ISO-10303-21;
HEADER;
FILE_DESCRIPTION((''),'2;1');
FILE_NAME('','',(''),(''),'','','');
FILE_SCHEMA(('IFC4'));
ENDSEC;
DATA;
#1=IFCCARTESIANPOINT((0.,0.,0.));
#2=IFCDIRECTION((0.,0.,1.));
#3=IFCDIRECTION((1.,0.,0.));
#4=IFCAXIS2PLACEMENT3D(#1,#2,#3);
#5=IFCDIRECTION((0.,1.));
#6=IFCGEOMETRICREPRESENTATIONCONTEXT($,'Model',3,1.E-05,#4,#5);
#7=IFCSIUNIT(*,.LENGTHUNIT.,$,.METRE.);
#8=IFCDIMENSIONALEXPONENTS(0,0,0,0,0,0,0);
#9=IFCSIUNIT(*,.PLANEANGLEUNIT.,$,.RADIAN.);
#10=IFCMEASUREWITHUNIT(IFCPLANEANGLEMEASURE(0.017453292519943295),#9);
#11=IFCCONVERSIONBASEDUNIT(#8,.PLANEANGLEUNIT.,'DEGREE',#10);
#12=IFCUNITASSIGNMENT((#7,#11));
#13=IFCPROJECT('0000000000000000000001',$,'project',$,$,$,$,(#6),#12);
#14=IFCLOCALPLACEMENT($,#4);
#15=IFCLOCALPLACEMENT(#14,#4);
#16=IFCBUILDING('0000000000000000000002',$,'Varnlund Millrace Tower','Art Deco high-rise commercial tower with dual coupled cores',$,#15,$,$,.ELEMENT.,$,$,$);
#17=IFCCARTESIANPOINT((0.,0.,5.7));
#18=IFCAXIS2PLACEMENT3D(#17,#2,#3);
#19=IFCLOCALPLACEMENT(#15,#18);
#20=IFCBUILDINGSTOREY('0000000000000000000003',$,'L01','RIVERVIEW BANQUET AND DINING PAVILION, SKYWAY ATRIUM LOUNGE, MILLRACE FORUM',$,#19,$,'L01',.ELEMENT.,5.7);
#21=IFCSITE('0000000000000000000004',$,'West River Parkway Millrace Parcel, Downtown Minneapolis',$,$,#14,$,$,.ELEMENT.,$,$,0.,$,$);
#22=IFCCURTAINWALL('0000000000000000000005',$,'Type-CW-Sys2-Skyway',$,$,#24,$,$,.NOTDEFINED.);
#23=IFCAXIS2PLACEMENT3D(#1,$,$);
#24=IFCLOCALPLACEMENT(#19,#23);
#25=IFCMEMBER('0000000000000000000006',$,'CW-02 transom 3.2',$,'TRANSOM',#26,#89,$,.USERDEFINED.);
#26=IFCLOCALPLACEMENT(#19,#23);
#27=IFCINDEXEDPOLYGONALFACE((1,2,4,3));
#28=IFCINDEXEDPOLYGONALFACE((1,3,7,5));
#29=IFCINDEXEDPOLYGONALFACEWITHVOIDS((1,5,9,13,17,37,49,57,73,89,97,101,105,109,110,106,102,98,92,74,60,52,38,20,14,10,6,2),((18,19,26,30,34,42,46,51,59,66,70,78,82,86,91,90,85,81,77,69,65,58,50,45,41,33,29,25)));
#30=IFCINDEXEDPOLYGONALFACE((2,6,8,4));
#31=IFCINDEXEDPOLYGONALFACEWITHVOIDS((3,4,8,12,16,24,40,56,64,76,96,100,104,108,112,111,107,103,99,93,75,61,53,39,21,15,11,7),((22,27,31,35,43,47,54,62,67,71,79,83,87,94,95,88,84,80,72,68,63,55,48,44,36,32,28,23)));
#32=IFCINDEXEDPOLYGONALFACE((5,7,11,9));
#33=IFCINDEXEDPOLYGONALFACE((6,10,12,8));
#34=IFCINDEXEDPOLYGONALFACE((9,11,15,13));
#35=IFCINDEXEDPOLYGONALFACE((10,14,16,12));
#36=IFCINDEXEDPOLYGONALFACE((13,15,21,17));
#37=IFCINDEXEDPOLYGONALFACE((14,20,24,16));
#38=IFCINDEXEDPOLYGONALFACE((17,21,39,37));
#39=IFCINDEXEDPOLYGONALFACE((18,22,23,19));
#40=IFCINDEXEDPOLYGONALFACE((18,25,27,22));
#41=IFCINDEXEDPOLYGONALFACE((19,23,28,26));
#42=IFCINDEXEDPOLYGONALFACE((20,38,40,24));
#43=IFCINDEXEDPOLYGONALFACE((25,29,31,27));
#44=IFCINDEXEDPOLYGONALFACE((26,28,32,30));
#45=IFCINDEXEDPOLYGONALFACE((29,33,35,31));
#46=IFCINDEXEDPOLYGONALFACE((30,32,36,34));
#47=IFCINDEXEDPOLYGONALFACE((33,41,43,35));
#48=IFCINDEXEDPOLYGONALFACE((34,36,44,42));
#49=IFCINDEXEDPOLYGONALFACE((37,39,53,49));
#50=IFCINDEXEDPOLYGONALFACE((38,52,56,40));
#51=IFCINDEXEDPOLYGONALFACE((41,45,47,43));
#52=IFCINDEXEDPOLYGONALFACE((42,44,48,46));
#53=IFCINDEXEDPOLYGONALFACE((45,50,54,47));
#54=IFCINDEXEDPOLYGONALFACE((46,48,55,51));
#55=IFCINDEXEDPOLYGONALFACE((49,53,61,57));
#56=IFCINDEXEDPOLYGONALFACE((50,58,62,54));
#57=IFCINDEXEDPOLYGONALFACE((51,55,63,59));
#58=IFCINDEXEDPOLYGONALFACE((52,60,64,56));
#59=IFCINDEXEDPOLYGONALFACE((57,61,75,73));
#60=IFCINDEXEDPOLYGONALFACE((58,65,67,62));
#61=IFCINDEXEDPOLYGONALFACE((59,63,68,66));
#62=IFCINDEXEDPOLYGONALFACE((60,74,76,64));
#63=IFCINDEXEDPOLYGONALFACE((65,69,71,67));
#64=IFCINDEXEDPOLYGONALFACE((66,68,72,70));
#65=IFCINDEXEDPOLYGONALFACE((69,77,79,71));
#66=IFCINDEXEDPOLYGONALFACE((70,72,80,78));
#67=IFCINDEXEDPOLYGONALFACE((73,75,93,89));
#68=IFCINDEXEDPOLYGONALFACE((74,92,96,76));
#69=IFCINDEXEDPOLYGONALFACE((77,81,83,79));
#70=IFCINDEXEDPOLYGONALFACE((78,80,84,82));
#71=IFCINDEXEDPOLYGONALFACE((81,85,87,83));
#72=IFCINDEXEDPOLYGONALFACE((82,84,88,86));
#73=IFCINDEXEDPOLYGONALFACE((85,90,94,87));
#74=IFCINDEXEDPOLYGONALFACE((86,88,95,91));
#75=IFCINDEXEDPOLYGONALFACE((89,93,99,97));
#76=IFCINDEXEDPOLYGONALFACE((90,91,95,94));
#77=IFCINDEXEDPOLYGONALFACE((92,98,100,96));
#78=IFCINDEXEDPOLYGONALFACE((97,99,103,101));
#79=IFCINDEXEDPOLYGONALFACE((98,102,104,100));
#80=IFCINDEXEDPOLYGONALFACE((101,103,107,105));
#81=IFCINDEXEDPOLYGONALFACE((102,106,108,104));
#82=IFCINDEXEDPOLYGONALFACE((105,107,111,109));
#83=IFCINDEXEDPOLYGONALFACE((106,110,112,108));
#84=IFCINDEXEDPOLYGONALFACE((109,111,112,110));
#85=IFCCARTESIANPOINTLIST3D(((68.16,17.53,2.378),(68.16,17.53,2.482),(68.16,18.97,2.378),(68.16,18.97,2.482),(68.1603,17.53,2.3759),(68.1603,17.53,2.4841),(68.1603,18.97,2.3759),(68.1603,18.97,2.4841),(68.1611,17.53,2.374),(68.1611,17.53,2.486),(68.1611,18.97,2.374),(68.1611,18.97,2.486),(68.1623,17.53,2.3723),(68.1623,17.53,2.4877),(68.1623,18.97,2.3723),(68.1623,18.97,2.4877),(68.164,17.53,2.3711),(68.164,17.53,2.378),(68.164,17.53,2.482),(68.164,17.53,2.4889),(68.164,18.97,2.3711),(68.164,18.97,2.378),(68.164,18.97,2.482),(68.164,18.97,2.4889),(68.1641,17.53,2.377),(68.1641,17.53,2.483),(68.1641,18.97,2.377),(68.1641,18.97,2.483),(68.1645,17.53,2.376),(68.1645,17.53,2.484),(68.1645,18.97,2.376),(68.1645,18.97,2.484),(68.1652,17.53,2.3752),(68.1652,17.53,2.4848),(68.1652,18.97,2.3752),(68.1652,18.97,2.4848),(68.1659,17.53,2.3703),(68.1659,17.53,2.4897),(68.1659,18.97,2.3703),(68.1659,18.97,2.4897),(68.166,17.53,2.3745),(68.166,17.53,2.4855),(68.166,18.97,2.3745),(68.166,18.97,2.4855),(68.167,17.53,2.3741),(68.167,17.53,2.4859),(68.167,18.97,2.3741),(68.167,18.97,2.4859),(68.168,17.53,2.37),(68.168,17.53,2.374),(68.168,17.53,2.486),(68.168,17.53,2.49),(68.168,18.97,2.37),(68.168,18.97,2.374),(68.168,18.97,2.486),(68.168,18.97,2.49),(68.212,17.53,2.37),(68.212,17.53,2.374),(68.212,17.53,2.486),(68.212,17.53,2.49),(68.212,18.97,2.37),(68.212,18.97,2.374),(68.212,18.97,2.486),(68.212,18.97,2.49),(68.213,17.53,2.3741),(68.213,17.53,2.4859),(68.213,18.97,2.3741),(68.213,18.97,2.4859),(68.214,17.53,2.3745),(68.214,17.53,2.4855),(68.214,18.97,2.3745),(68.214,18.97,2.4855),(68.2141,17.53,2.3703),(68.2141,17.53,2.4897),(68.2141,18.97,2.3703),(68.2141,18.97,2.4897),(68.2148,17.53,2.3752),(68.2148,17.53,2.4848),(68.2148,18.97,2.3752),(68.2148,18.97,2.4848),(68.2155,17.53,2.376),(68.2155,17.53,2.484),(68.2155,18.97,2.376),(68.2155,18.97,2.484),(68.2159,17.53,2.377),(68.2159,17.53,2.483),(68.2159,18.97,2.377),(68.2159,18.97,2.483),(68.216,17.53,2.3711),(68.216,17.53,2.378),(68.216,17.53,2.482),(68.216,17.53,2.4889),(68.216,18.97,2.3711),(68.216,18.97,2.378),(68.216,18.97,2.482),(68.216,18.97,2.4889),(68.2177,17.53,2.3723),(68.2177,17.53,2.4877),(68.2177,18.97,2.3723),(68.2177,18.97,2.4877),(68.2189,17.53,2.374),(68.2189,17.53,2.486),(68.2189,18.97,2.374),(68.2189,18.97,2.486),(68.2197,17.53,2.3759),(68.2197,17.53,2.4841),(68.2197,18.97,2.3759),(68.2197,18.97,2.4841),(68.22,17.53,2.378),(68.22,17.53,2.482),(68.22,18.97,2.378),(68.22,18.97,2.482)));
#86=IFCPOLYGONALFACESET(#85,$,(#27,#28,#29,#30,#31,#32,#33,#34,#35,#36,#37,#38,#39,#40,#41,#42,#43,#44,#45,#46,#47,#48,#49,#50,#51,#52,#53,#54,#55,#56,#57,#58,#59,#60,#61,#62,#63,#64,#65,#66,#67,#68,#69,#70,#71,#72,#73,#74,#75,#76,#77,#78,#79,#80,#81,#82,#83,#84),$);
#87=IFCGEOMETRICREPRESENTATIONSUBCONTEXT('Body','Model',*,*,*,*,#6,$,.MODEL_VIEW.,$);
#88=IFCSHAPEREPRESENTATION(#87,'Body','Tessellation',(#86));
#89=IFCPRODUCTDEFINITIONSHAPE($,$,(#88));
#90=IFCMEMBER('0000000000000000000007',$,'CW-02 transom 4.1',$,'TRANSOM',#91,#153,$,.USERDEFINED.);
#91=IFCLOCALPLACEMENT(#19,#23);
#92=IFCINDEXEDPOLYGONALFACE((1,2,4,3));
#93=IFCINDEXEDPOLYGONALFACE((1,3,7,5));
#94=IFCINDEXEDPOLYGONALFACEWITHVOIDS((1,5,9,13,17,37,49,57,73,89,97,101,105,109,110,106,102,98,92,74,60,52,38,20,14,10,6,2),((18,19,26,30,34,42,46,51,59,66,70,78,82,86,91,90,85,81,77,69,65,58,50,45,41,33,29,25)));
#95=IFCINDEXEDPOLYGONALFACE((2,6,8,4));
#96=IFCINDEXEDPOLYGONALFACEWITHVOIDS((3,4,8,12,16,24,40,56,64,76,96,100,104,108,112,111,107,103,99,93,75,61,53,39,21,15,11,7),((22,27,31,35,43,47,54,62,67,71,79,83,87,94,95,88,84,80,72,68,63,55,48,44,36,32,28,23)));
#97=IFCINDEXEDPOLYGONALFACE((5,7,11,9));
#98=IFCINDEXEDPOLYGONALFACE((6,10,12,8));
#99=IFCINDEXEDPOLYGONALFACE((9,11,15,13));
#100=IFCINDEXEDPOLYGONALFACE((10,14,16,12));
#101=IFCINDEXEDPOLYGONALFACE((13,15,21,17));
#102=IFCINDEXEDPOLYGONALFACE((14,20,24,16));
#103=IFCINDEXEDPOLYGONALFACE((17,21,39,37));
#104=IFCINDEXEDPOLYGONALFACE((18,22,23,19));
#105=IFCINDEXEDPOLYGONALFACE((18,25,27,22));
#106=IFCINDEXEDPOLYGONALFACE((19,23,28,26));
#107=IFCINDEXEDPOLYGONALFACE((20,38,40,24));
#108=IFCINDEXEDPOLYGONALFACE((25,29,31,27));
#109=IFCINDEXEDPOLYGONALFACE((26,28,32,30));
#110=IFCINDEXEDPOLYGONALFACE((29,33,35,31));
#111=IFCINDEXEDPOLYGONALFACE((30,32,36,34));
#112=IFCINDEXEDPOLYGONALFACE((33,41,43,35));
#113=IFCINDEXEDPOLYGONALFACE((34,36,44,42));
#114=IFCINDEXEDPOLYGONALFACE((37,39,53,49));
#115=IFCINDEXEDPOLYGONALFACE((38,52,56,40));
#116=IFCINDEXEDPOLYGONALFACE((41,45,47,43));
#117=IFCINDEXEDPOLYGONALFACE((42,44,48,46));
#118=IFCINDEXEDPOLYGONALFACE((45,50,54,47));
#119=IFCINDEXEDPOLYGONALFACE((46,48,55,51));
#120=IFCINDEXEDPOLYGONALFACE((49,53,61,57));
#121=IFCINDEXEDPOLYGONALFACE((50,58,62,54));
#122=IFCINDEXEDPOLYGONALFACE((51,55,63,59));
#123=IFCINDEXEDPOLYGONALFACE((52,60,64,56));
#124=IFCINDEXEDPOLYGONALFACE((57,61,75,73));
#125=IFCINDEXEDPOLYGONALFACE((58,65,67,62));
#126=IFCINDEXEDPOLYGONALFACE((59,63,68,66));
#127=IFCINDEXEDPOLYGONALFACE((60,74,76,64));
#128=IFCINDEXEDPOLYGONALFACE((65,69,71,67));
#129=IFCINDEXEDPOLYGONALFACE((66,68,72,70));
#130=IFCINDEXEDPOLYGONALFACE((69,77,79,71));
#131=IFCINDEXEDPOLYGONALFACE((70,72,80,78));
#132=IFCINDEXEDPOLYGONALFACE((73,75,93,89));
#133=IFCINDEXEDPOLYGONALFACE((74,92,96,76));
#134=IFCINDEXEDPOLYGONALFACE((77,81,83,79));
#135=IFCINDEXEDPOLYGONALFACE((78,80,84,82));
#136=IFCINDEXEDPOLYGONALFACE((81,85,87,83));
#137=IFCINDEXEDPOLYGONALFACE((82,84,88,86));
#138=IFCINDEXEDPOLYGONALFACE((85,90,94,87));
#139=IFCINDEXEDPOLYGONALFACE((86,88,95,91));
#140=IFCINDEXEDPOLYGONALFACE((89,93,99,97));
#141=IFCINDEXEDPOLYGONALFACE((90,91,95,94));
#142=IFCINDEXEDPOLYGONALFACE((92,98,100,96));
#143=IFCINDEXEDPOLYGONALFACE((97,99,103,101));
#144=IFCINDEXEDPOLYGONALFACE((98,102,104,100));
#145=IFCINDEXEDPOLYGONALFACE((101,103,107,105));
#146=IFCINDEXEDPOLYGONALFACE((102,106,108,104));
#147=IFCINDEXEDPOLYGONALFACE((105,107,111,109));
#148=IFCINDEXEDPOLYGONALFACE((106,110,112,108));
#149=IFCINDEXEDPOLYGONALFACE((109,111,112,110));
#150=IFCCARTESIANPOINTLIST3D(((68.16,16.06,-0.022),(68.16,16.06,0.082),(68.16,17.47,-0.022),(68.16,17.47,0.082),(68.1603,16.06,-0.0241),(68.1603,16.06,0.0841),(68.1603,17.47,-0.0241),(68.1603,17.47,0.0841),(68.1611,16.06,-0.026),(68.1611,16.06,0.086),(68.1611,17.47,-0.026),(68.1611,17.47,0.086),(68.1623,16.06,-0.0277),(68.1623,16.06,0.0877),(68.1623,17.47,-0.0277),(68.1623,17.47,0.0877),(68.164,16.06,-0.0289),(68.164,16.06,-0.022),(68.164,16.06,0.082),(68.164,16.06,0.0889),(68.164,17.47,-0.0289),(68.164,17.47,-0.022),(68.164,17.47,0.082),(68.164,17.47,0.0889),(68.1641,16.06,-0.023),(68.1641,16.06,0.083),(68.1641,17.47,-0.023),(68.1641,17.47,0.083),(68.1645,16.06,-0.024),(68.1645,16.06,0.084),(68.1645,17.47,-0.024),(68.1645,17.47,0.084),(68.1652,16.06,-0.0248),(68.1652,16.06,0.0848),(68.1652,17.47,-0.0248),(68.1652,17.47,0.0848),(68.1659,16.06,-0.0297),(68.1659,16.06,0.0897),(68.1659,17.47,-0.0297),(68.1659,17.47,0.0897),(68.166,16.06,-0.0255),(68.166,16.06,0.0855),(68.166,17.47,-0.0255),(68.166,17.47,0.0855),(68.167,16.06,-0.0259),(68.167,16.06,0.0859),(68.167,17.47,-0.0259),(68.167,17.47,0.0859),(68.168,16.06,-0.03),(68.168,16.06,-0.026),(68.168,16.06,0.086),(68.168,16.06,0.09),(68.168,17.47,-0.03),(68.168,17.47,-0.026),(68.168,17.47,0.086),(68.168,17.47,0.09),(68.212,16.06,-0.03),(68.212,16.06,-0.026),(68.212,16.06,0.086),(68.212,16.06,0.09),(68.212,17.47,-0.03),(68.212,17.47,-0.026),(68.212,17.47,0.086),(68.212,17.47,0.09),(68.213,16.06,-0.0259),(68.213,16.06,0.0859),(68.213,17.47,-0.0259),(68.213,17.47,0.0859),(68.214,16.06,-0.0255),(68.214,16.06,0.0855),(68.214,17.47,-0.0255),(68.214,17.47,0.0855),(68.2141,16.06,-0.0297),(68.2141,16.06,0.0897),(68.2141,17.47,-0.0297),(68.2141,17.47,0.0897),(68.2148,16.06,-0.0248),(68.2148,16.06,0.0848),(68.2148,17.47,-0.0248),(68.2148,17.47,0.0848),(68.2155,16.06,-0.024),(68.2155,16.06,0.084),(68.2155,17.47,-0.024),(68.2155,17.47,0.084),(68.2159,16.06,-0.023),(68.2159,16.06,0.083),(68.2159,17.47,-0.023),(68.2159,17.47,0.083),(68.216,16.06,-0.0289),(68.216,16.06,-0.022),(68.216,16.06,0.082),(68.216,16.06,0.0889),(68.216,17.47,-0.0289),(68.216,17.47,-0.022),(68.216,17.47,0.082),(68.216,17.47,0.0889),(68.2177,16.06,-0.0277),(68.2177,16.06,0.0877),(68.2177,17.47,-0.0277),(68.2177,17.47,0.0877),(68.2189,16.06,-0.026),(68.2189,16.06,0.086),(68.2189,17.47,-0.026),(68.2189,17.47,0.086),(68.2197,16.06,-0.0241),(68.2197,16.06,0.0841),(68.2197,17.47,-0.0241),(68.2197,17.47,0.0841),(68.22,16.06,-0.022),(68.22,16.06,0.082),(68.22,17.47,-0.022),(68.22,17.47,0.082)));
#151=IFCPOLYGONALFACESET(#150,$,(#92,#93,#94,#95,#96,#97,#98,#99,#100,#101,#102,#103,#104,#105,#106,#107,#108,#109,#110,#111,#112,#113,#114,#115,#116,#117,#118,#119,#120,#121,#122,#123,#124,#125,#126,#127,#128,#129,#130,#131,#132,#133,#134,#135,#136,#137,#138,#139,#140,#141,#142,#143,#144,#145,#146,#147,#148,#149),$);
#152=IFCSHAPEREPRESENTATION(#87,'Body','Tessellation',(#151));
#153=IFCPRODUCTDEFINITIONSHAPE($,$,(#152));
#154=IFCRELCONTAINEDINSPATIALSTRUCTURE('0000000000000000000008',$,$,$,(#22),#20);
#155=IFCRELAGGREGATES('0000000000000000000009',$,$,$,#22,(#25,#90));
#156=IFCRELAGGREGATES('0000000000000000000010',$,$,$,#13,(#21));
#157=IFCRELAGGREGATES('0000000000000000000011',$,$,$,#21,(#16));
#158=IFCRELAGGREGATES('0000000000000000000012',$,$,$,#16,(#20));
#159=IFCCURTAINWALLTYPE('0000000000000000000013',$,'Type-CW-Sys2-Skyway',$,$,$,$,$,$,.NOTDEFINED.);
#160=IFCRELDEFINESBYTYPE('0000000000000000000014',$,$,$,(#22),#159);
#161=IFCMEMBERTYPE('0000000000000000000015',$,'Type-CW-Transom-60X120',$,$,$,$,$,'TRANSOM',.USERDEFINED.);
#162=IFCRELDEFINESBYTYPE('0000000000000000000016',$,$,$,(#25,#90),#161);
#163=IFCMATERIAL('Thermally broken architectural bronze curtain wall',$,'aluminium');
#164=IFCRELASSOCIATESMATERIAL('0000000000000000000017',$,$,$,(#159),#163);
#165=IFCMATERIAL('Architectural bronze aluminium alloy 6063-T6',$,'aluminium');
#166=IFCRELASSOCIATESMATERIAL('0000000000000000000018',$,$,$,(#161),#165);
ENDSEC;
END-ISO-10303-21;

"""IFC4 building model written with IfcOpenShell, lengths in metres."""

from ifc_helpers import new_model, entity, si_unit, converted_unit, direction, frame, origin_with_axes, origin_2d_with_axis, place, context, subcontext, project, spatial, hollow_rectangle, extrude, material, material_profile, profile_set, type_object, element, aggregate, save


model = new_model("IFC4")

# Units and contexts
model_context = context("Model", 3, precision=1e-05, world=origin_with_axes(), true_north=direction((0.0, 1.0)))
body_context = subcontext(model_context, "Body", "Model", "MODEL_VIEW")
ifc_project = project(units=[si_unit("LENGTHUNIT", "METRE"), converted_unit("PLANEANGLEUNIT", "DEGREE", entity("IfcPlaneAngleMeasure", 0.017453292519943295), si_unit("PLANEANGLEUNIT", "RADIAN"), dimensions=[0, 0, 0, 0, 0, 0, 0])], contexts=[model_context])

# Site, building, storey
site_placement = place(None, origin_with_axes())
site = spatial("IfcSite", under=ifc_project, at=site_placement, Name="West River Parkway Millrace Parcel, Downtown Minneapolis", CompositionType="ELEMENT", RefElevation=0.0)
building_placement = place(site_placement, origin_with_axes())
building = spatial("IfcBuilding", under=site, at=building_placement, Name="Varnlund Millrace Tower", Description="Art Deco high-rise commercial tower with dual coupled cores", CompositionType="ELEMENT")
storey_placement = place(building_placement, frame((0.0, 0.0, 5.7), z_axis=(0.0, 0.0, 1.0), x_axis=(1.0, 0.0, 0.0)))
storey = spatial("IfcBuildingStorey", under=building, at=storey_placement, Name="L01", Description="RIVERVIEW BANQUET AND DINING PAVILION, SKYWAY ATRIUM LOUNGE, MILLRACE FORUM", LongName="L01", CompositionType="ELEMENT", Elevation=5.7)

# Curtain wall, members
ifc_material_1 = material(Name="Thermally broken architectural bronze curtain wall", Category="aluminium")
curtain_wall_type = type_object("IfcCurtainWallType", Name="Type-CW-Sys2-Skyway", PredefinedType="NOTDEFINED", material=ifc_material_1)
curtain_wall_placement = place(storey_placement, frame((68.19, 22.0, 0.0), z_axis=(0.0, 0.0, 1.0), x_axis=(1.0, 0.0, 0.0)))
curtain_wall = element("IfcCurtainWall", 1, at=curtain_wall_placement, inside=storey, type_object=curtain_wall_type, Name="Type-CW-Sys2-Skyway", PredefinedType="NOTDEFINED")
ifc_material_2 = material(Name="Architectural bronze aluminium alloy 6063-T6", Category="aluminium")
ifc_material_profile_1 = material_profile(ifc_material_2, hollow_rectangle(XDim=0.06, YDim=0.12, WallThickness=0.004, InnerFilletRadius=0.004, OuterFilletRadius=0.008, at=origin_2d_with_axis()), Name="Architectural bronze aluminium alloy 6063-T6")
ifc_profile_set_1 = profile_set([ifc_material_profile_1], Name="Architectural bronze aluminium alloy 6063-T6")
member_type_1 = type_object("IfcMemberType", Name="Type-CW-Transom-60X120", ElementType="TRANSOM", PredefinedType="USERDEFINED", material=ifc_profile_set_1)
member_1_placement = place(storey_placement, frame((68.19, 18.97, 2.43), z_axis=(0.0, -1.0, 0.0), x_axis=(1.0, 0.0, 0.0)))
member_1 = element("IfcMember", 2, at=member_1_placement, type_object=member_type_1, Name="CW-02 transom 3.2", ObjectType="TRANSOM", PredefinedType="USERDEFINED", context=body_context, shape_type="SweptSolid", body=[
    extrude(hollow_rectangle(XDim=0.06, YDim=0.12, WallThickness=0.004, InnerFilletRadius=0.004, OuterFilletRadius=0.008, at=origin_2d_with_axis()), origin_with_axes(), (0.0, 0.0, 1.0), 1.44),
])
member_2_placement = place(storey_placement, frame((68.19, 17.47, 0.03), z_axis=(0.0, -1.0, 0.0), x_axis=(1.0, 0.0, 0.0)))
member_2 = element("IfcMember", 3, at=member_2_placement, type_object=member_type_1, Name="CW-02 transom 4.1", ObjectType="TRANSOM", PredefinedType="USERDEFINED", context=body_context, shape_type="SweptSolid", body=[
    extrude(hollow_rectangle(XDim=0.06, YDim=0.12, WallThickness=0.004, InnerFilletRadius=0.004, OuterFilletRadius=0.008, at=origin_2d_with_axis()), origin_with_axes(), (0.0, 0.0, 1.0), 1.41),
])

aggregate(curtain_wall, [member_1, member_2])

save(model, "model.ifc")
